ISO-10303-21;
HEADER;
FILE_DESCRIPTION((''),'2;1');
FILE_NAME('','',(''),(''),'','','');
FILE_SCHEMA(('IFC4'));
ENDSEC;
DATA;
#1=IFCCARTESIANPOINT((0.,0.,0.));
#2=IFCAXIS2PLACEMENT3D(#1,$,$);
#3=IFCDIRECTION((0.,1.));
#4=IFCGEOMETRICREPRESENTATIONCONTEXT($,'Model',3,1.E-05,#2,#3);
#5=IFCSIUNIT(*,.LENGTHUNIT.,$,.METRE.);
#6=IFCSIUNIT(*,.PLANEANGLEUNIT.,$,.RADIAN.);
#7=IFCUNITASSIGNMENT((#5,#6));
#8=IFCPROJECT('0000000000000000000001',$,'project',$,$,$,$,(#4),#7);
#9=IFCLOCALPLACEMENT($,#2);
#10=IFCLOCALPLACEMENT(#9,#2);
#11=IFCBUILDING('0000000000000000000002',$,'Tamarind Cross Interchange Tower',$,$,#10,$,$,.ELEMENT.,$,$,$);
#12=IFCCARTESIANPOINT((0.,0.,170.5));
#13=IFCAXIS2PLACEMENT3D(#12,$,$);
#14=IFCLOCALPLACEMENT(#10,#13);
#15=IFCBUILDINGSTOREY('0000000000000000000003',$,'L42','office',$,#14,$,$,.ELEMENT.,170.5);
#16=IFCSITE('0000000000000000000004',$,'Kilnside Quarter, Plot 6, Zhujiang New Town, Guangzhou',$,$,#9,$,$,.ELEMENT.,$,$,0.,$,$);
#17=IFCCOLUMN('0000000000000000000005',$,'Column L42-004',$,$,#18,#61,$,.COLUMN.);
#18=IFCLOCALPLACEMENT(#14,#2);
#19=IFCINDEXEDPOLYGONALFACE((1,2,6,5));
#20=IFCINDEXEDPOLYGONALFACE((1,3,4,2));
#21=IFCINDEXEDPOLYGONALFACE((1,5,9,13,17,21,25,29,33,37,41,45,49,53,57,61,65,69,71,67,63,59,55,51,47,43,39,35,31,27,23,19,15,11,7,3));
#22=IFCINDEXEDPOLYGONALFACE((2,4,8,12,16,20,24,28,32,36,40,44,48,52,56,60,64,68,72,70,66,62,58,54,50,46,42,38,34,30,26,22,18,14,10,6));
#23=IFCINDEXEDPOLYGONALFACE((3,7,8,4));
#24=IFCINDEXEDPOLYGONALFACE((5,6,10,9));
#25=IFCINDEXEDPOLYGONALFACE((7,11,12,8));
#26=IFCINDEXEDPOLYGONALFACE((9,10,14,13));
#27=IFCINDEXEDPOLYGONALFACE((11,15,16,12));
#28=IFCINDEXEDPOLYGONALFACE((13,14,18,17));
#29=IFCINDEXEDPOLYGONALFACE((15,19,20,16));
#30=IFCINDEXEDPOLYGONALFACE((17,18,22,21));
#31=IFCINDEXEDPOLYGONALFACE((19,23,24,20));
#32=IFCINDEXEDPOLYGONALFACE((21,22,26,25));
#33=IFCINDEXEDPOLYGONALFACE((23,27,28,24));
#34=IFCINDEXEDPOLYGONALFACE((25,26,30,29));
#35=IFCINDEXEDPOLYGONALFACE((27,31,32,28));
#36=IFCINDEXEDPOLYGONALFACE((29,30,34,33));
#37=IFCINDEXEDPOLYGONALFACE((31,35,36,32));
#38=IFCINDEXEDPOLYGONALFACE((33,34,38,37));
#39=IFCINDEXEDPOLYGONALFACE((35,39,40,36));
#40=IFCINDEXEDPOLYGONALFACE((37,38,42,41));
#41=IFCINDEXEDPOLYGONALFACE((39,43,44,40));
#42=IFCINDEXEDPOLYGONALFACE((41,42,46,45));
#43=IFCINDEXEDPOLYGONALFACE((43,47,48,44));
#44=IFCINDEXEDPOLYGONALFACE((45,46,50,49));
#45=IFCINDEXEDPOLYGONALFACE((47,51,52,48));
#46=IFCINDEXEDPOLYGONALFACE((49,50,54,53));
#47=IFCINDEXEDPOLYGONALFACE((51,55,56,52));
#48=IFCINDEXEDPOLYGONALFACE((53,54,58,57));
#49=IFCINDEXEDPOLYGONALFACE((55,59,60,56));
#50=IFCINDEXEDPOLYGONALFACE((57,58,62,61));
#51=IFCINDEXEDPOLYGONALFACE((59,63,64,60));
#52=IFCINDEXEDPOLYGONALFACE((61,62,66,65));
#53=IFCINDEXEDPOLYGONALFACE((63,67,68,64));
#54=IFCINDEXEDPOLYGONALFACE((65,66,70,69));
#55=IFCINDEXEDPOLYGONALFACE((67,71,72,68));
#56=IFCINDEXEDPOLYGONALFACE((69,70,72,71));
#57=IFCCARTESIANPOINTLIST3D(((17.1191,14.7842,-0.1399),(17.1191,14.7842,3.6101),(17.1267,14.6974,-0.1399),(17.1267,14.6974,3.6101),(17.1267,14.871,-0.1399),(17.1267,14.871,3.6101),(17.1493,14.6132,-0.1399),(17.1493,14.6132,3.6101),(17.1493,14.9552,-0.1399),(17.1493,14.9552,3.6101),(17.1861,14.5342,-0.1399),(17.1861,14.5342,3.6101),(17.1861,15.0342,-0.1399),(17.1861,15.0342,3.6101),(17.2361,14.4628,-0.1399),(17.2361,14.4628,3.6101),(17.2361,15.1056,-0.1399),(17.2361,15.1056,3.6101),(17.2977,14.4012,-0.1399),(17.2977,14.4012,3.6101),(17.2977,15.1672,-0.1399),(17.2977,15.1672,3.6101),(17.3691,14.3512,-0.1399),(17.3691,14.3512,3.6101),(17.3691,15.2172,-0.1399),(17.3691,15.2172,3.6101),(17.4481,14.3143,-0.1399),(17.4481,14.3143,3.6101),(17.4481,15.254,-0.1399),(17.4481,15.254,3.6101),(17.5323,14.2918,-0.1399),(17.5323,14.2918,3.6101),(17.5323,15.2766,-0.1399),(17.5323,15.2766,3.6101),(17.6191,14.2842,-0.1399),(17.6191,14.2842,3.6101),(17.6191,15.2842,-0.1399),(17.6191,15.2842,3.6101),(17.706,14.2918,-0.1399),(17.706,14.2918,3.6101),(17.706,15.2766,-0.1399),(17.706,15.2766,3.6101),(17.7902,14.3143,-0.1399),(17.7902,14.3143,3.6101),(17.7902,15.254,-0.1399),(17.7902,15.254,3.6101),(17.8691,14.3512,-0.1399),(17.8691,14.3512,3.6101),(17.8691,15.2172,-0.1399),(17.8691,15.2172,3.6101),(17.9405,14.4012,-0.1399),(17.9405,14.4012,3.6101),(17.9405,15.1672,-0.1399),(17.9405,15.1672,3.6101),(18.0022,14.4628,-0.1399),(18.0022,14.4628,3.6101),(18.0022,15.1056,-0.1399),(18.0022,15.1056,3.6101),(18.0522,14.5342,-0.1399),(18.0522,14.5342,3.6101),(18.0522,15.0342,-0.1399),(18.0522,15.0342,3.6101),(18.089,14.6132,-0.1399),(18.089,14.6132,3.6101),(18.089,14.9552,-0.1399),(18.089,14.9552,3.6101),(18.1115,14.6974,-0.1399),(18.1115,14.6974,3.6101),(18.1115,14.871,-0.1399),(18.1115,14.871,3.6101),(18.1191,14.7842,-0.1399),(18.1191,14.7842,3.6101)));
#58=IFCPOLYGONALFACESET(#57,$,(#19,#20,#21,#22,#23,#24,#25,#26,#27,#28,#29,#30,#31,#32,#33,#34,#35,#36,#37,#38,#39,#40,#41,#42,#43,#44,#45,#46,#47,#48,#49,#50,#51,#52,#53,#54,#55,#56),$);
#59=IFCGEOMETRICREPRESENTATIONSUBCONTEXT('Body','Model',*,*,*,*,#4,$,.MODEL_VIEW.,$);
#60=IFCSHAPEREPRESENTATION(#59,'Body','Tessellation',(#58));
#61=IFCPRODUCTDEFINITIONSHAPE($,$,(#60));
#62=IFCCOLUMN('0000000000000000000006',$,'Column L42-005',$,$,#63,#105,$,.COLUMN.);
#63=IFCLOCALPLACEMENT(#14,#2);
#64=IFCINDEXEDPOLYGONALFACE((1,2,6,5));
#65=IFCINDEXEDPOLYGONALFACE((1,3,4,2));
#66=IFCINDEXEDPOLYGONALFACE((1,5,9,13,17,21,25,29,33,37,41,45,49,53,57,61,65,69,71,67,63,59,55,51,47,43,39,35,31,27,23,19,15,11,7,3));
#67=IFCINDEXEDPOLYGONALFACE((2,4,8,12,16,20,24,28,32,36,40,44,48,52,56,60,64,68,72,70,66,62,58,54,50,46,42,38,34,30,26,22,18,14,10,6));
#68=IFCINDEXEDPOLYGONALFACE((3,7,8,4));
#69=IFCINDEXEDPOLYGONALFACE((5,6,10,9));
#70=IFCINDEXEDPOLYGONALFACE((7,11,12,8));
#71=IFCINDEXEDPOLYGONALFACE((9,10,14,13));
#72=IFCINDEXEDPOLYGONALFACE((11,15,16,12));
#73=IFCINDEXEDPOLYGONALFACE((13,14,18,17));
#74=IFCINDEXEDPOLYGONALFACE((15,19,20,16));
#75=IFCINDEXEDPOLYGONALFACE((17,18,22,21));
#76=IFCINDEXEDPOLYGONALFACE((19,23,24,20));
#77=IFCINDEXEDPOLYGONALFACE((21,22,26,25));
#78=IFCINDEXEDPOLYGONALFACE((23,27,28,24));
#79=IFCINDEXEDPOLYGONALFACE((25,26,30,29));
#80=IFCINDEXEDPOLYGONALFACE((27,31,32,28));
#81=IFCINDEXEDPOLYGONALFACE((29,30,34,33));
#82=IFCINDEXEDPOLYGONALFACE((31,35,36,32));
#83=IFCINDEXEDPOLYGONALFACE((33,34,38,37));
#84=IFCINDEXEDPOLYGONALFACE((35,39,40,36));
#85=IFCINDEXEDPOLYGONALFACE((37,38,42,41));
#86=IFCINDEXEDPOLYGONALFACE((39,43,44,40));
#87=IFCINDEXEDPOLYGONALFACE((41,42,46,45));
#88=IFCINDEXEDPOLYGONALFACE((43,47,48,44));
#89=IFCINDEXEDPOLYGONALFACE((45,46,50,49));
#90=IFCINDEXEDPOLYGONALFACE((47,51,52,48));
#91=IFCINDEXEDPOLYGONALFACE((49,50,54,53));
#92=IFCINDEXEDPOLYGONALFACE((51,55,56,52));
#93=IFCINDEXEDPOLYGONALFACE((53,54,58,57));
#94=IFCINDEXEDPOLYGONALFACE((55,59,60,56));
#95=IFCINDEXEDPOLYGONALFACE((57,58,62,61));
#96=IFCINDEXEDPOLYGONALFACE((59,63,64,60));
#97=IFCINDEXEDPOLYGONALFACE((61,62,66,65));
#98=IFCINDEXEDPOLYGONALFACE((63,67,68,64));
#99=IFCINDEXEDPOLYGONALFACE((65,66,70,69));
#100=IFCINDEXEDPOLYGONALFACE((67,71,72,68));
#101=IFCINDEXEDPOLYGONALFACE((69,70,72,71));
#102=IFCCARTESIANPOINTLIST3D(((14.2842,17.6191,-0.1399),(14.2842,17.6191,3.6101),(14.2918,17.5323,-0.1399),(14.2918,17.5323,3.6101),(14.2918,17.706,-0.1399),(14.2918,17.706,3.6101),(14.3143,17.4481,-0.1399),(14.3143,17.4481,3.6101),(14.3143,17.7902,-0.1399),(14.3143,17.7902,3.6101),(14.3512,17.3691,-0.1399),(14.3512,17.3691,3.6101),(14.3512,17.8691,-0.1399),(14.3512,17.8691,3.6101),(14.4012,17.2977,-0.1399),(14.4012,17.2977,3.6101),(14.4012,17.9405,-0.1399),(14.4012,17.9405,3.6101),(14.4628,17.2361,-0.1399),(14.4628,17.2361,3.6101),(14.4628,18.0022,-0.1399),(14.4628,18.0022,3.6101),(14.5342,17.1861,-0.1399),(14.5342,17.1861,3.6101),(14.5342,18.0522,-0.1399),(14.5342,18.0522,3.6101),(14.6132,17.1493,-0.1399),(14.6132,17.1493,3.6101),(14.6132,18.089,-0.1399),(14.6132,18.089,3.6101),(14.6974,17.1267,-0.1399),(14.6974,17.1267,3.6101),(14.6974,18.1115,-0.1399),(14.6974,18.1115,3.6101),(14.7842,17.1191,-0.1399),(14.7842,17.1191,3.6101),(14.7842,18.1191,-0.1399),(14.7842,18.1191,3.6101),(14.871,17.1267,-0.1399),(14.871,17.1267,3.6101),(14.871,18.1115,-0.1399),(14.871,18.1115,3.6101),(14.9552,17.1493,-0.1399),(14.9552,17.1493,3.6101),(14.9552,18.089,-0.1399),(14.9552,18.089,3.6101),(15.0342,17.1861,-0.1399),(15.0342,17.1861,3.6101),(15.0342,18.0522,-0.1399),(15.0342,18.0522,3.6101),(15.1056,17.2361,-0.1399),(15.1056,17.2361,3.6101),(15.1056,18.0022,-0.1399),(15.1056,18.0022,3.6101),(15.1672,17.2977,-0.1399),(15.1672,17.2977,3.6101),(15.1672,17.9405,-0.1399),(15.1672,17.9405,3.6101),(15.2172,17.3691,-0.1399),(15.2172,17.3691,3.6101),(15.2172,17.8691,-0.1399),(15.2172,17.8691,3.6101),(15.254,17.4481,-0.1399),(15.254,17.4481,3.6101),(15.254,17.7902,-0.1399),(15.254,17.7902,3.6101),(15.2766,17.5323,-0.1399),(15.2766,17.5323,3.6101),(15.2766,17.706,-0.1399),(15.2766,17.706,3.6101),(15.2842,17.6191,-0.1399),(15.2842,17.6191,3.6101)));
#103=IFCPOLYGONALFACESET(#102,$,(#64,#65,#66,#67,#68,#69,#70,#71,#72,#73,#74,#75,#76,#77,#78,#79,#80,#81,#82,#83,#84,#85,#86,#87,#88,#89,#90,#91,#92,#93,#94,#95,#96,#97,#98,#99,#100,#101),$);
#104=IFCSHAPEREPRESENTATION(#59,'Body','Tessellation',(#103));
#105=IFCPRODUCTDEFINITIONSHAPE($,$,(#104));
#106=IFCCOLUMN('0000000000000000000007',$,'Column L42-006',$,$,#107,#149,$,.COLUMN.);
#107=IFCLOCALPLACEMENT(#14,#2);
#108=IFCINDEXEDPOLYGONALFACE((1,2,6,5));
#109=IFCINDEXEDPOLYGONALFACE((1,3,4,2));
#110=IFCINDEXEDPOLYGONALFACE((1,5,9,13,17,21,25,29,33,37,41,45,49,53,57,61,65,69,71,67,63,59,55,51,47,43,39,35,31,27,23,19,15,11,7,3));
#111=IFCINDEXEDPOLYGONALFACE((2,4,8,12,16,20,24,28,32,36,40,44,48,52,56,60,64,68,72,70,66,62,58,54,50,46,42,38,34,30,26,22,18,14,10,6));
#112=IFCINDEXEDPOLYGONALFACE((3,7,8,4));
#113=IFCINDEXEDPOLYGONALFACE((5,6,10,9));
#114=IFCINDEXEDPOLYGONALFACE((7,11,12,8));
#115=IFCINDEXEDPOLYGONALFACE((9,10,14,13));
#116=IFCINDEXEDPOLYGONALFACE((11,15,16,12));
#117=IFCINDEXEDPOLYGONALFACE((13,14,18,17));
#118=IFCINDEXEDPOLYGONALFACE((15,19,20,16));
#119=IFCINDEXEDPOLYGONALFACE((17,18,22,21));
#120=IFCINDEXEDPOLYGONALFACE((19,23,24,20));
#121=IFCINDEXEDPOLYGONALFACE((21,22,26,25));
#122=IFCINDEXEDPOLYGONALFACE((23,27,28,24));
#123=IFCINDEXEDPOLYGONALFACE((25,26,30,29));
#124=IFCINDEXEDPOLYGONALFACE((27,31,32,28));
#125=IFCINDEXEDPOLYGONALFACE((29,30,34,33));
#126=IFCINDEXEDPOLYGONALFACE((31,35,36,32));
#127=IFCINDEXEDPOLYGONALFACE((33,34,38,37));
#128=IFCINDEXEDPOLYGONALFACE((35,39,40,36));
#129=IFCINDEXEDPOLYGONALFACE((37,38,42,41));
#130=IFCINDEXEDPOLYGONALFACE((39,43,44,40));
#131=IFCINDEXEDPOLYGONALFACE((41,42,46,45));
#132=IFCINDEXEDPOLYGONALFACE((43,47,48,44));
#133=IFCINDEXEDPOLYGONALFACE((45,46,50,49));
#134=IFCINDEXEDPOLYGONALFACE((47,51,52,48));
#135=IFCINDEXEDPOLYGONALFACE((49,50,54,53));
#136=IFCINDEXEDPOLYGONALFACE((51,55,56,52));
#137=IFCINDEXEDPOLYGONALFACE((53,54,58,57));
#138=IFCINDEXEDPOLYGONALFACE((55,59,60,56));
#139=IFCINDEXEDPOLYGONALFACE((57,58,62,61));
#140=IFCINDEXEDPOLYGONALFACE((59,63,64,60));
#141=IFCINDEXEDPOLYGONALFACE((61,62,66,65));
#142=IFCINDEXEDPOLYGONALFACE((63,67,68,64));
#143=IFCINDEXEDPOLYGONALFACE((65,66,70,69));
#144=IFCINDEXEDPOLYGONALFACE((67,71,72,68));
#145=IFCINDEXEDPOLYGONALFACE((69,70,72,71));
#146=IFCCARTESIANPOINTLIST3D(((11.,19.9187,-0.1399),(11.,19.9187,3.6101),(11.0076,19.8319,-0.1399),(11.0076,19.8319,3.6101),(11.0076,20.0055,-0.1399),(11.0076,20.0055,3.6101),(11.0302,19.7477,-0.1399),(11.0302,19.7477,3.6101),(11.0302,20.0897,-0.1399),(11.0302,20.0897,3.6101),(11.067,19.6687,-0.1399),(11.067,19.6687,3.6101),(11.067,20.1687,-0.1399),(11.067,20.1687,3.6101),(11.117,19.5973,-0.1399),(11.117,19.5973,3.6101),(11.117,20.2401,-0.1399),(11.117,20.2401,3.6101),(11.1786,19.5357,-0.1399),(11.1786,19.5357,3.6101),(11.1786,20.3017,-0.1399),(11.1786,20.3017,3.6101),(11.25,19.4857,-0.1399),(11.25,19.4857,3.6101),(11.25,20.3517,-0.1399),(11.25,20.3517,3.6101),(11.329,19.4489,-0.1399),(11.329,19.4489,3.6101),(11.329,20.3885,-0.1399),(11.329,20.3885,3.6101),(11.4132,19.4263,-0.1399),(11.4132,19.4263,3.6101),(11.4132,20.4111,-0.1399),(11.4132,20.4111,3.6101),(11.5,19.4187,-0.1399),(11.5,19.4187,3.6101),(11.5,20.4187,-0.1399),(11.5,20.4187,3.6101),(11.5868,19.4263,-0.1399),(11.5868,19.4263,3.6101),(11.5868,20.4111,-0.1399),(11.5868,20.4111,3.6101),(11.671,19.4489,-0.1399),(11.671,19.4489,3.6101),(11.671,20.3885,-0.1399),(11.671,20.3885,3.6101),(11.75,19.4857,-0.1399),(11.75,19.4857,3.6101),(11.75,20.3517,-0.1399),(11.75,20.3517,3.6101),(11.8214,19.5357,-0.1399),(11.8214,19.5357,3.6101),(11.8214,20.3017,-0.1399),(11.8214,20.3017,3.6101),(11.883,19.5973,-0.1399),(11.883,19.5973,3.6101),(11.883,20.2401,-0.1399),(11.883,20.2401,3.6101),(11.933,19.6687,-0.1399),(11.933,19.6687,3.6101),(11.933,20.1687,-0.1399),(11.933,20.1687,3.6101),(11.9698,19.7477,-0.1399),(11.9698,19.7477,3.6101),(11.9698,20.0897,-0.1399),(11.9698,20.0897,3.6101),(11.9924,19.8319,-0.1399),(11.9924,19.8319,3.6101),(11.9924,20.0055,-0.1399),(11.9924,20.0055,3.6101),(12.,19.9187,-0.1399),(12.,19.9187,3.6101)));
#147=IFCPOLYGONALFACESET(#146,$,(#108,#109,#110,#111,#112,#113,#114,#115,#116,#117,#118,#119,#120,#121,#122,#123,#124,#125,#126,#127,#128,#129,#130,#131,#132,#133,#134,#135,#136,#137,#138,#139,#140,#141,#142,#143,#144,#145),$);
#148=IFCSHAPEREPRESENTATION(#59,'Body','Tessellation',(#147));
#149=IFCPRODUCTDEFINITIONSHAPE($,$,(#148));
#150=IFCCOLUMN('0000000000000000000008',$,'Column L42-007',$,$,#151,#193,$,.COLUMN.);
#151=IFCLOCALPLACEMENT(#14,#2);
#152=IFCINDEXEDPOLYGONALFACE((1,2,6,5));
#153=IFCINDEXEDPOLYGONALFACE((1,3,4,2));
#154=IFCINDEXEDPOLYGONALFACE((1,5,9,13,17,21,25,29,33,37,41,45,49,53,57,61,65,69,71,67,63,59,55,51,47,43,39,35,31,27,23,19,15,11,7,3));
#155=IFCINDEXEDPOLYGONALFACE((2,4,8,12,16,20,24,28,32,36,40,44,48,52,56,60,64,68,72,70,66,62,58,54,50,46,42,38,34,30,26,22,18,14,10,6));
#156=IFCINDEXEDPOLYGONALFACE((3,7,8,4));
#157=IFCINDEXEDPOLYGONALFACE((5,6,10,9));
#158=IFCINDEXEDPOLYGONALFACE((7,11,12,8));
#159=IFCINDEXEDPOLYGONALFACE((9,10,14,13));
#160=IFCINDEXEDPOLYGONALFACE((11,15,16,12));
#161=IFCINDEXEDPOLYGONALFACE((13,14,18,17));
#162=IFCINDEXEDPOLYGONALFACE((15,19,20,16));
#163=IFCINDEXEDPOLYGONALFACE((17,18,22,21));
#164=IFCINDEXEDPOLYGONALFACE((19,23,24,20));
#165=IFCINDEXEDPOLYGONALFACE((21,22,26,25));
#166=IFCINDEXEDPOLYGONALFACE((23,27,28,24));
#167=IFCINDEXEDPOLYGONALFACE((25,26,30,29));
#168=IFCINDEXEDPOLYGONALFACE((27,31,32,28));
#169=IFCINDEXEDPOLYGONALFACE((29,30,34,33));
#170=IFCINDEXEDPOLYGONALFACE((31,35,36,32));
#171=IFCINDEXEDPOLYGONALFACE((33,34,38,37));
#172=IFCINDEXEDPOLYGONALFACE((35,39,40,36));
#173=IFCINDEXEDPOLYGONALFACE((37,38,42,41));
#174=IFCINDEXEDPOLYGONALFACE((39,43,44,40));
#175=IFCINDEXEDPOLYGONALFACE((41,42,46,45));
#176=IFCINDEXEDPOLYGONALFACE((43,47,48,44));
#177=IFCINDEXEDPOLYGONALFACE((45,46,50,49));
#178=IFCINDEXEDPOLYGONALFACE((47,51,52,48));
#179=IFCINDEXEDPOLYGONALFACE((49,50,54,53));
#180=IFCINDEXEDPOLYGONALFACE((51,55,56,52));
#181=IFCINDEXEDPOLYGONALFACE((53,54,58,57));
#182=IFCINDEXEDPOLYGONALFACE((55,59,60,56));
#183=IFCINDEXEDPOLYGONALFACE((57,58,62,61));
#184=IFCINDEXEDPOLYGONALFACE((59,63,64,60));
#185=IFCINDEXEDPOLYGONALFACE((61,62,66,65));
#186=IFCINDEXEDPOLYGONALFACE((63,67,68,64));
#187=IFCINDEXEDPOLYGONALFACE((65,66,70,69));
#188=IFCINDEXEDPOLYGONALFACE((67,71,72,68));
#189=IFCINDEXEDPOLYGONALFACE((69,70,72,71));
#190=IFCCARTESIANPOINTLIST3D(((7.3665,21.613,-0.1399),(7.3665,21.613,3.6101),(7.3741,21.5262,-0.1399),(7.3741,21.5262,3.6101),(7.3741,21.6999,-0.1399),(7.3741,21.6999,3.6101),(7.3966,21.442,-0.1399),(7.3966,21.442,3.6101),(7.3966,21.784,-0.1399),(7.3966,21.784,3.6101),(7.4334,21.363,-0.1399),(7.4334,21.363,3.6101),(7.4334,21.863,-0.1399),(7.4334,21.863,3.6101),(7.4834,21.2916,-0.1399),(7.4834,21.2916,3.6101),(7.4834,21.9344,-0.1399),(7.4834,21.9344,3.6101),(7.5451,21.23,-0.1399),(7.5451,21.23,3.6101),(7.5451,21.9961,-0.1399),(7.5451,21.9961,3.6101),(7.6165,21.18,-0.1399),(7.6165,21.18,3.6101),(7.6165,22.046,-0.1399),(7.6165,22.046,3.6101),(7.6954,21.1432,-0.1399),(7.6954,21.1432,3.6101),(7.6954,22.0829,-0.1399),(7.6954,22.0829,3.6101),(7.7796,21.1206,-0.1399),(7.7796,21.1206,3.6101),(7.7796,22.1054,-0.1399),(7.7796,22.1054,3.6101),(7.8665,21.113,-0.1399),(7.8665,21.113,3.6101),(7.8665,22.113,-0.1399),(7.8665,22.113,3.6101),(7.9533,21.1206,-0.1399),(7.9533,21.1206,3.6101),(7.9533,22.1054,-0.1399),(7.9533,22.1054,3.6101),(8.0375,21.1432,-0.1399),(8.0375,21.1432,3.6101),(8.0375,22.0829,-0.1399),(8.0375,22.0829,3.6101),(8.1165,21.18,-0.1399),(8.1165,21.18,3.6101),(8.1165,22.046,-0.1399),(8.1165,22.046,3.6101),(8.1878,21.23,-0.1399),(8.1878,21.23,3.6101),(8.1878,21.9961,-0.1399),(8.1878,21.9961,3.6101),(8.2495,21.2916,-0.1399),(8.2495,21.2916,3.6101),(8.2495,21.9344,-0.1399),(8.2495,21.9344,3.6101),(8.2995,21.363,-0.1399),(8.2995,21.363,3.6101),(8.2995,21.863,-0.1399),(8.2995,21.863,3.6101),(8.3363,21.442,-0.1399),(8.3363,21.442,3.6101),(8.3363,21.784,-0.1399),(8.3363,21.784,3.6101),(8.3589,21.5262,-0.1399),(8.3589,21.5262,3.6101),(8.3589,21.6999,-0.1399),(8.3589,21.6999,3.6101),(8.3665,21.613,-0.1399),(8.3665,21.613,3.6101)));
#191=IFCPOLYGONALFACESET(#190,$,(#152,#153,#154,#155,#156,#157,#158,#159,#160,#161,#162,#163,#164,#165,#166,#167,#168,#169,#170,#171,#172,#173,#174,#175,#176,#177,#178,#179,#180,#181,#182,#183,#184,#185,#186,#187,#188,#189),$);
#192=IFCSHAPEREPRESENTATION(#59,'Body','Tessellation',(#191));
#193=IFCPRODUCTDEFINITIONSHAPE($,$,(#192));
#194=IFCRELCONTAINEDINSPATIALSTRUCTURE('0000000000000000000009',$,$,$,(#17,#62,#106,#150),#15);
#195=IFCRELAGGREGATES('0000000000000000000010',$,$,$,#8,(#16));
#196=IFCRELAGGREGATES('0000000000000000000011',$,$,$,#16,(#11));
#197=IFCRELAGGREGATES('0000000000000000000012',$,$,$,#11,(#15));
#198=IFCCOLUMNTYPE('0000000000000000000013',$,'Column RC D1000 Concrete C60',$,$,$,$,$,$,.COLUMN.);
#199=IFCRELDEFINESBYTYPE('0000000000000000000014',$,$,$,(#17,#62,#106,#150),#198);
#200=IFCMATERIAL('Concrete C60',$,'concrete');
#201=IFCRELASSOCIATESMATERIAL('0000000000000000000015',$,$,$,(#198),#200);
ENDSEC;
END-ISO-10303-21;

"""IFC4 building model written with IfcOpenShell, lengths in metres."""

from ifc_helpers import new_model, si_unit, direction, frame, origin, origin_2d, place, context, subcontext, project, spatial, circle, extrude, material, material_profile, profile_set, type_object, element, save


model = new_model("IFC4")

# Units and contexts
model_context = context("Model", 3, precision=1e-05, world=origin(), true_north=direction((0.0, 1.0)))
body_context = subcontext(model_context, "Body", "Model", "MODEL_VIEW")
ifc_project = project(units=[si_unit("LENGTHUNIT", "METRE"), si_unit("PLANEANGLEUNIT", "RADIAN")], contexts=[model_context])

# Site, building, storey
site_placement = place(None, origin())
site = spatial("IfcSite", under=ifc_project, at=site_placement, Name="Kilnside Quarter, Plot 6, Zhujiang New Town, Guangzhou", CompositionType="ELEMENT", RefElevation=0.0)
building_placement = place(site_placement, origin())
building = spatial("IfcBuilding", under=site, at=building_placement, Name="Tamarind Cross Interchange Tower", CompositionType="ELEMENT")
storey_placement = place(building_placement, frame((0.0, 0.0, 170.5)))
storey = spatial("IfcBuildingStorey", under=building, at=storey_placement, Name="L42", Description="office", CompositionType="ELEMENT", Elevation=170.5)

# Columns
ifc_material_1 = material(Name="Concrete C60", Category="concrete")
ifc_material_profile_1 = material_profile(ifc_material_1, circle(Radius=0.5, at=origin_2d()), Name="RC D1000")
ifc_profile_set_1 = profile_set([ifc_material_profile_1], Name="Concrete C60")
column_type = type_object("IfcColumnType", Name="Column RC D1000 Concrete C60", PredefinedType="COLUMN", material=ifc_profile_set_1)
for number, where, z_axis, x_axis, name in (
    (1, (17.6191, 14.7842, -0.1399), (0.0, 0.0, 1.0), (1.0, 0.0, 0.0), "Column L42-004"),
    (2, (14.7842, 17.6191, -0.1399), (0.0, 0.0, 1.0), (1.0, 0.0, 0.0), "Column L42-005"),
    (3, (11.5, 19.9187, -0.1399), (0.0, 0.0, 1.0), (1.0, 0.0, 0.0), "Column L42-006"),
    (4, (7.8665, 21.613, -0.1399), (0.0, 0.0, 1.0), (1.0, 0.0, 0.0), "Column L42-007"),
):
    element("IfcColumn", number, at=place(storey_placement, frame(where, z_axis=z_axis, x_axis=x_axis)), inside=storey, type_object=column_type, Name=name, PredefinedType="COLUMN", context=body_context, shape_type="SweptSolid", body=[
        extrude(circle(Radius=0.5, at=origin_2d()), origin(), (0.0, 0.0, 1.0), 3.75),
    ])

save(model, "model.ifc")
